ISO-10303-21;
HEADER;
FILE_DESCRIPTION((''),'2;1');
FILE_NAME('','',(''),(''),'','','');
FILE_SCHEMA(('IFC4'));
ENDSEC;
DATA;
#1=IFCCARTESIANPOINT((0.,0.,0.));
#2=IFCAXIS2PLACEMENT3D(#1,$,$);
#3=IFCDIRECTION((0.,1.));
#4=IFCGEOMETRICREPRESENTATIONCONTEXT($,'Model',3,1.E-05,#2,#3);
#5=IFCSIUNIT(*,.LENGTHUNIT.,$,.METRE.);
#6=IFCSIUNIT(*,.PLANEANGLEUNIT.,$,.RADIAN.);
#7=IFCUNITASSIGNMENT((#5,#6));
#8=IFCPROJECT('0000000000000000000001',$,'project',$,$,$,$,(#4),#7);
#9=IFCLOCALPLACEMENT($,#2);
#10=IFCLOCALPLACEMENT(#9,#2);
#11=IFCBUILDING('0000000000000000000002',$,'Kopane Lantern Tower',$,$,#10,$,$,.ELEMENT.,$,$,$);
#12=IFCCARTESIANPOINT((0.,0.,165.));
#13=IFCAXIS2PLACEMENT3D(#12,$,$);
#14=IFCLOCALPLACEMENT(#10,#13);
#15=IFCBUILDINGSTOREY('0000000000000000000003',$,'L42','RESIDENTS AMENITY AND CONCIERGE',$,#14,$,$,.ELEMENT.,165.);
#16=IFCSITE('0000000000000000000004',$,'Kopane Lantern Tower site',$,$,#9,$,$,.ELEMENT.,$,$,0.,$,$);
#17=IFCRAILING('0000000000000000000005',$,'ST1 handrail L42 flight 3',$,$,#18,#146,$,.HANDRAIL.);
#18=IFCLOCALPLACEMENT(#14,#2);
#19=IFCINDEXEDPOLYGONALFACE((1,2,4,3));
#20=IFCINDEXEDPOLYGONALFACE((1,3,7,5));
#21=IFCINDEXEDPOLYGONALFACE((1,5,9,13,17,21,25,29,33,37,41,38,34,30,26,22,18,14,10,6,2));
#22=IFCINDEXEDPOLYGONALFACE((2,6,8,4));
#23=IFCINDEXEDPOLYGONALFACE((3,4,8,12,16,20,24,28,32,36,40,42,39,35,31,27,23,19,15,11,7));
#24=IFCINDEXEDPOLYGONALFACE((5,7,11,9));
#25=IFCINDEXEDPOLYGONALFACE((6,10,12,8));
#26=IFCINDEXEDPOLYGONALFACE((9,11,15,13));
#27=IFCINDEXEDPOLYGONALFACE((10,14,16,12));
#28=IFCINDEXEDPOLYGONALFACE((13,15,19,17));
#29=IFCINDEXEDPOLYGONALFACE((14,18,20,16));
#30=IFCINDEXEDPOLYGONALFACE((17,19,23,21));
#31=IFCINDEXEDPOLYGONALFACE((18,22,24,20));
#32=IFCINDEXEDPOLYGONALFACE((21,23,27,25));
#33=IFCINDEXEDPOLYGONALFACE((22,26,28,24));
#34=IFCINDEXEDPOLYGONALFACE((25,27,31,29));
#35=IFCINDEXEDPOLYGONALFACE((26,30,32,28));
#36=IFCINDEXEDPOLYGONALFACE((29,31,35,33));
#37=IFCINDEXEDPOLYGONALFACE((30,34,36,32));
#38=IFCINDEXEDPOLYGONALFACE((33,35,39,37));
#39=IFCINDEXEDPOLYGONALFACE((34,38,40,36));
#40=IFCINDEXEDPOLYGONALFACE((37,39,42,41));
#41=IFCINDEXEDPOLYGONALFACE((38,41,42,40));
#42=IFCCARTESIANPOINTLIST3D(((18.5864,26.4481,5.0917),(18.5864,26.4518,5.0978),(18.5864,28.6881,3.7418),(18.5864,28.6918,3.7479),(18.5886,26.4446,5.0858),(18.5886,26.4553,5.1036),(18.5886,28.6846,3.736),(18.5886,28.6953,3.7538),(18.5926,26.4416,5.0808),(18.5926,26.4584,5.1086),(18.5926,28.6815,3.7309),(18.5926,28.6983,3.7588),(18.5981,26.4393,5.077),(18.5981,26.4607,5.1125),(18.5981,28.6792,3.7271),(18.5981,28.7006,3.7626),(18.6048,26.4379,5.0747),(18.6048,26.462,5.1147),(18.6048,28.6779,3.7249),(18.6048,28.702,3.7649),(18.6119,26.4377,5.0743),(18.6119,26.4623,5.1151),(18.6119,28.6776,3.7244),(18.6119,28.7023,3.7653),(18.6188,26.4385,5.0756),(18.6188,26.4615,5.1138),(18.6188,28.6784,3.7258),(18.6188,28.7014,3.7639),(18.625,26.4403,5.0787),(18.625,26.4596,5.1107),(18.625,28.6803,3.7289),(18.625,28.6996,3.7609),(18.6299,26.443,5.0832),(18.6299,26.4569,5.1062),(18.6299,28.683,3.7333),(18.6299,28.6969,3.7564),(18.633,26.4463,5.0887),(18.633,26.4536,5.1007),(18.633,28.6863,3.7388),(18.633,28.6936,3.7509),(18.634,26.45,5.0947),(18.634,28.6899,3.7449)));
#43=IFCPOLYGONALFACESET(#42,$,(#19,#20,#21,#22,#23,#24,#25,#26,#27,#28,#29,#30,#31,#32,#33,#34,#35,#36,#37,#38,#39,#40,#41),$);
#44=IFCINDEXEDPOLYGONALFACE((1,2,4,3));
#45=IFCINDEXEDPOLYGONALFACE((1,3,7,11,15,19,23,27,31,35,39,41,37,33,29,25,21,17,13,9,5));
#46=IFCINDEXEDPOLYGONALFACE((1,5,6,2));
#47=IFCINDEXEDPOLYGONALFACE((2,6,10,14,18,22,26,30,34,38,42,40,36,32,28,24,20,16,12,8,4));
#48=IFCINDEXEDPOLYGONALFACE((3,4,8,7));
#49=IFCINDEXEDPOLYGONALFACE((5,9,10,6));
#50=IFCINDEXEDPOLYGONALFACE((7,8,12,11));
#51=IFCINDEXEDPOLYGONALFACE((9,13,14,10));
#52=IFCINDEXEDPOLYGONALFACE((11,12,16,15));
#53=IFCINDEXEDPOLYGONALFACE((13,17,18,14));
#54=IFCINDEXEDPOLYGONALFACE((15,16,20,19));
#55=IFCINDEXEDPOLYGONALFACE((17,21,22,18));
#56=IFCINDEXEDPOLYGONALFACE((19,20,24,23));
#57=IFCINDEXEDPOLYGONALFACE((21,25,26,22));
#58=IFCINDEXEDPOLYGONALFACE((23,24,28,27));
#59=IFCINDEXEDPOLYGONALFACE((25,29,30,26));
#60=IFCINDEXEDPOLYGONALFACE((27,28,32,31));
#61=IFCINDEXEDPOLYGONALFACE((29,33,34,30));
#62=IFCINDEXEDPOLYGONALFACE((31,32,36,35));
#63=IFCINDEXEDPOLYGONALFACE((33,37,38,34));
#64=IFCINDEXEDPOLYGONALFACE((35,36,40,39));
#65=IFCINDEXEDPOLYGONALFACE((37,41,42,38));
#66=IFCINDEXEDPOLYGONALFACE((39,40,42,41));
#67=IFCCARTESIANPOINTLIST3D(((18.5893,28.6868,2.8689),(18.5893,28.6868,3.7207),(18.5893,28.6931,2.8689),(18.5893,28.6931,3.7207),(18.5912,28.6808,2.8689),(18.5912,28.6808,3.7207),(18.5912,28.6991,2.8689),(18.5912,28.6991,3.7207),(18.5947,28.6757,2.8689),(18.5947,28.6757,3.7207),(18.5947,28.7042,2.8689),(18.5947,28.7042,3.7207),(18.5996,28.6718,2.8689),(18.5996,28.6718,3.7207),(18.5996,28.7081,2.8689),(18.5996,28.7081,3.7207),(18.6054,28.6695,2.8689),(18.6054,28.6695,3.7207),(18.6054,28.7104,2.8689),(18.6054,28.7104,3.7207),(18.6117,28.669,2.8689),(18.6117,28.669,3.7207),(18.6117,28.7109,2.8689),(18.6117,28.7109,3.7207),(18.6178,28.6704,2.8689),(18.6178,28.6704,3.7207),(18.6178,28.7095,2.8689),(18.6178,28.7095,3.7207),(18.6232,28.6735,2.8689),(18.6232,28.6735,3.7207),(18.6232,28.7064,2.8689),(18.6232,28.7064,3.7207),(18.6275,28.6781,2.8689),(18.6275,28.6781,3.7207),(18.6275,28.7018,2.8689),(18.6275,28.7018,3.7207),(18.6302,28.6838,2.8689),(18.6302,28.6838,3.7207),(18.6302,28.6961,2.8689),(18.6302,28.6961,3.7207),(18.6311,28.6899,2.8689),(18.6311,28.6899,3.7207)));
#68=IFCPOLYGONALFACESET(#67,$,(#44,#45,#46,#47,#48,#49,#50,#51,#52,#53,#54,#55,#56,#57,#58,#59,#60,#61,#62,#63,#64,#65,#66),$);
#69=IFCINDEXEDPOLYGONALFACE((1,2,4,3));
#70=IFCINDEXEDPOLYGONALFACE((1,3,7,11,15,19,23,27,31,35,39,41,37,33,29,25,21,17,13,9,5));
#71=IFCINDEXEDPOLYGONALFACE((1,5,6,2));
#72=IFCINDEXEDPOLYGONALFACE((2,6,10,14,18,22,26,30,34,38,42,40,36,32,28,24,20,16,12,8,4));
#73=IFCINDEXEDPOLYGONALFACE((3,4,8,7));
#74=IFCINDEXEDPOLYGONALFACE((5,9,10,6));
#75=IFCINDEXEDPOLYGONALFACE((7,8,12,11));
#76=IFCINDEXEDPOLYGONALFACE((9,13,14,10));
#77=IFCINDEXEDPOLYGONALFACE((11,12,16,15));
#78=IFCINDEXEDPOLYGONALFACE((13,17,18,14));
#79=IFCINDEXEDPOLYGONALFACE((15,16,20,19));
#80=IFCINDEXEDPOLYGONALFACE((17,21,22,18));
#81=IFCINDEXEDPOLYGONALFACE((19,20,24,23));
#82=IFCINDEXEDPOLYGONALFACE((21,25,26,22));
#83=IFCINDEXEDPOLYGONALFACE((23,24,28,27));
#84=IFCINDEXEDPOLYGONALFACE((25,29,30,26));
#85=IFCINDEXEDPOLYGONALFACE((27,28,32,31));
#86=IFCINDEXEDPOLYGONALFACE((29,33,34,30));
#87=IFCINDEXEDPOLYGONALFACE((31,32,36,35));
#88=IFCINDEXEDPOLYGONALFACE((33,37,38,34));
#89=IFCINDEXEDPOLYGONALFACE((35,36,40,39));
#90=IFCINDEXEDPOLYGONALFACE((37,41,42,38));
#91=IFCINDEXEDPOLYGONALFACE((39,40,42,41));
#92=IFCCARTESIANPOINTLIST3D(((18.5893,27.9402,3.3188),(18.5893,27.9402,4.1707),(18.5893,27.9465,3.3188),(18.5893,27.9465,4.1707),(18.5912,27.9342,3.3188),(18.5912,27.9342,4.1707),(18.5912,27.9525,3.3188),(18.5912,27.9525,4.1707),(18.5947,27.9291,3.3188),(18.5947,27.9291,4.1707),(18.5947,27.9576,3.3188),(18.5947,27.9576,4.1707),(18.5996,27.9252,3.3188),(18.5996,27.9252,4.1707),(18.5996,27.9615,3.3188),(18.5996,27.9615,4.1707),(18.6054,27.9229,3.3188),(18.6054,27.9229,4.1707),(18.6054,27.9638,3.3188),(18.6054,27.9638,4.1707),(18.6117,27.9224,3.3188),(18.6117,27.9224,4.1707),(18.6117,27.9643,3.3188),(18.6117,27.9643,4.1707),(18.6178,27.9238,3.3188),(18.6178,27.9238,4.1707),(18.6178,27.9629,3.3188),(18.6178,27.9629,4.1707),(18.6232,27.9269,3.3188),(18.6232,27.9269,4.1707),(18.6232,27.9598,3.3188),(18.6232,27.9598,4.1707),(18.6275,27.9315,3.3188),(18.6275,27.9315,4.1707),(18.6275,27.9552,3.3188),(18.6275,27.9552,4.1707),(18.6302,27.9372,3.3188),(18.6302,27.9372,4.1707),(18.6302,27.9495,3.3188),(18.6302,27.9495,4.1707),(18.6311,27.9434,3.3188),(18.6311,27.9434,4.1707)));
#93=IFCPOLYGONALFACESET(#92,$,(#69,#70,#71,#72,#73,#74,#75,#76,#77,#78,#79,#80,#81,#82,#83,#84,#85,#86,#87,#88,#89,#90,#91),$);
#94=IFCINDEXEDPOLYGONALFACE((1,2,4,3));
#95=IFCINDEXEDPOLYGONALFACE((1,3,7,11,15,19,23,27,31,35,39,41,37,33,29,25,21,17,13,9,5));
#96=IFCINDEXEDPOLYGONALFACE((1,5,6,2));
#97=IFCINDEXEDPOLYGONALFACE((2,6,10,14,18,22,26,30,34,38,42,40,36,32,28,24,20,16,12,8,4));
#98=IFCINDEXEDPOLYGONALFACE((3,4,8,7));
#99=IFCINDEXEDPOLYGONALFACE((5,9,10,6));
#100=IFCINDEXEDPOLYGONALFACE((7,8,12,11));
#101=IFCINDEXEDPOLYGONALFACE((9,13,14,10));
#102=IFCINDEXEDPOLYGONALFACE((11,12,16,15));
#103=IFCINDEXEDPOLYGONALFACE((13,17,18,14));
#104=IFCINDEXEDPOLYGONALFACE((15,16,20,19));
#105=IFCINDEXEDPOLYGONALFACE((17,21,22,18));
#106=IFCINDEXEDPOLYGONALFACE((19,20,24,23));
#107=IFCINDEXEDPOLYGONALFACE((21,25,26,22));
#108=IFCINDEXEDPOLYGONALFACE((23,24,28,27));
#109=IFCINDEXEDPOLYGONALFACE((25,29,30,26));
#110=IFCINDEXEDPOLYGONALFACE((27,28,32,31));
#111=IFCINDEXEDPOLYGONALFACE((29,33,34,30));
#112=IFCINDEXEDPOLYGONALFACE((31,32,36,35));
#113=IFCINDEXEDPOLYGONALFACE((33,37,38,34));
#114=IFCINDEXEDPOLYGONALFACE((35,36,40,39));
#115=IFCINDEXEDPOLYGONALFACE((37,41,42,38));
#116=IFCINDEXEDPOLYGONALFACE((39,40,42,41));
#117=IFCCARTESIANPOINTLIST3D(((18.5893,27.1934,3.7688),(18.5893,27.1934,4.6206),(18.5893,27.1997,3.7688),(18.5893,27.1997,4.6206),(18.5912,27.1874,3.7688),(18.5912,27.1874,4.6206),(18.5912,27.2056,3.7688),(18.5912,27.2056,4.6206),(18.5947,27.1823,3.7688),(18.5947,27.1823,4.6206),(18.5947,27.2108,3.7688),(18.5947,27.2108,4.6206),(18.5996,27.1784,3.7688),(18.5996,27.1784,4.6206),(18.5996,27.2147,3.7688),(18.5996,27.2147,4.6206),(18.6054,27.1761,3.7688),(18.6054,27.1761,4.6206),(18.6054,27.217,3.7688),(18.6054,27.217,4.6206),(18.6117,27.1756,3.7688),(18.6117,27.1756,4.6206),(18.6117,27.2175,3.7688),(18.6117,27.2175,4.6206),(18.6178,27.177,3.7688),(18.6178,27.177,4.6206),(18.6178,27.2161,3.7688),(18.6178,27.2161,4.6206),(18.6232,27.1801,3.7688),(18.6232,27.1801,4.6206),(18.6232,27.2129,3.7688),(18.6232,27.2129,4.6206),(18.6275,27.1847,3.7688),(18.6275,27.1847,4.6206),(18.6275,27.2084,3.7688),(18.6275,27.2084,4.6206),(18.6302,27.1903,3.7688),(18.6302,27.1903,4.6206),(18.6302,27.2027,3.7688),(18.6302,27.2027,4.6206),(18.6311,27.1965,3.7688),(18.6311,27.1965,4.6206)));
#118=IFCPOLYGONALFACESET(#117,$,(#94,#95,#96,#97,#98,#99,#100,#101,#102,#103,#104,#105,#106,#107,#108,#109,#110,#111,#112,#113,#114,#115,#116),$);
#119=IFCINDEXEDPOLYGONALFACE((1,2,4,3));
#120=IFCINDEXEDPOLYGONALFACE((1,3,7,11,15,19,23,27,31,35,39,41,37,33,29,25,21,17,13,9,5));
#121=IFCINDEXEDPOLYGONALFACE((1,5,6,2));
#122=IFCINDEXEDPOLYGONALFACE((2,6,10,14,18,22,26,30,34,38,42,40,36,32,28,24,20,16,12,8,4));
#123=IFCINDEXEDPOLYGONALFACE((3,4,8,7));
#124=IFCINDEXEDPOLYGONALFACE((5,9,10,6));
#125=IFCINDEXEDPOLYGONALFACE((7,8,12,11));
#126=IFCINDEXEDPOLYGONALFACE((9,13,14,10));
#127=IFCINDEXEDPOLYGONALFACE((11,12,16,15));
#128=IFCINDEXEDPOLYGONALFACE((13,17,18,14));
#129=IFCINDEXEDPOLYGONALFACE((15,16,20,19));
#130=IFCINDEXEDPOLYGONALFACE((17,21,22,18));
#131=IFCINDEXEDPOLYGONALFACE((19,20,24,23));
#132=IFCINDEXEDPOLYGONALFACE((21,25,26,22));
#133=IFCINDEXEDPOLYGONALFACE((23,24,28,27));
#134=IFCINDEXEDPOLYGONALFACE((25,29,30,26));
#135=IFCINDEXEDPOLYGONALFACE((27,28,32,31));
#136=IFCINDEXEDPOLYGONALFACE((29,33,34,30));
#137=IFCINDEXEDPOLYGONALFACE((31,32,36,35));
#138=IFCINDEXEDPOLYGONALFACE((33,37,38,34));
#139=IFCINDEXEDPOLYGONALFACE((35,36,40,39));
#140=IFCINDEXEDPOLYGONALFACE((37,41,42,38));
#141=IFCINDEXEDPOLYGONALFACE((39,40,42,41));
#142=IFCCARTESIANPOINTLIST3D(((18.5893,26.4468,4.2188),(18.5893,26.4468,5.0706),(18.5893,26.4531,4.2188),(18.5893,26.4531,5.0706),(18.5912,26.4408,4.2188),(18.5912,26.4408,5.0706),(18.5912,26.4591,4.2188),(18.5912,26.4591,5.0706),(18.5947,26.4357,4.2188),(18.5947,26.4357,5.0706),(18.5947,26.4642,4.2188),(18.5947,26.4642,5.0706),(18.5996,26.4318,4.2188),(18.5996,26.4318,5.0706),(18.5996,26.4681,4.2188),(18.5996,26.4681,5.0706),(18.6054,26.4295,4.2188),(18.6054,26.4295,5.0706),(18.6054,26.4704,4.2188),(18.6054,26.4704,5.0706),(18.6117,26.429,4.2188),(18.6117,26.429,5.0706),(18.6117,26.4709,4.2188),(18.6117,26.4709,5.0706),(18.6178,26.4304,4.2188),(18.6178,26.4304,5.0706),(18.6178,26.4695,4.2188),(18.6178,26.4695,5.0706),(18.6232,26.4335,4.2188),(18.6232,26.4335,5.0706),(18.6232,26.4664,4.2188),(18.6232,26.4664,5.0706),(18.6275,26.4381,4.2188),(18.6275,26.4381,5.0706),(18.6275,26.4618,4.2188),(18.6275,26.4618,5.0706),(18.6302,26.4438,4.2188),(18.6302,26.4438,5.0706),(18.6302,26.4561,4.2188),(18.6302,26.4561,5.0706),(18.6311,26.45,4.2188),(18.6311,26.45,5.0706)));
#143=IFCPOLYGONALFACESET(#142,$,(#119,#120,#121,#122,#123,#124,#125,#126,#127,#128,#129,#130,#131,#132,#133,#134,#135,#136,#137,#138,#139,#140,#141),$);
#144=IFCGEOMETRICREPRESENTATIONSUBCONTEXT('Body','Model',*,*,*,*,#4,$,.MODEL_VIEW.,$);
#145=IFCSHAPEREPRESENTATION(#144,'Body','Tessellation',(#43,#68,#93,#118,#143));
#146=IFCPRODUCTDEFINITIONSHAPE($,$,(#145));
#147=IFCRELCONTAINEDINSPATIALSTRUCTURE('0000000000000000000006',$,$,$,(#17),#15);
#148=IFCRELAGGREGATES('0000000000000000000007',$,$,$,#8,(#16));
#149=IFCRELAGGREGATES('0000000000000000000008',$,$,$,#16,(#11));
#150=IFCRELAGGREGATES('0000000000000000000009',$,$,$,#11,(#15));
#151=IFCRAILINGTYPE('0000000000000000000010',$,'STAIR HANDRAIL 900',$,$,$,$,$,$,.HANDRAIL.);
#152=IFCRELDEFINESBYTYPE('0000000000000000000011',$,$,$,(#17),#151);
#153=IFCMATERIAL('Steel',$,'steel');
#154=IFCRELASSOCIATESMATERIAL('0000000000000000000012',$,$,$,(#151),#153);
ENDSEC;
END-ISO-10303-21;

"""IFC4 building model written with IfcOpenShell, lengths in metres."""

from ifc_helpers import new_model, si_unit, direction, frame, origin, origin_2d, place, context, subcontext, project, spatial, circle, extrude, material, type_object, element, save


model = new_model("IFC4")

# Units and contexts
model_context = context("Model", 3, precision=1e-05, world=origin(), true_north=direction((0.0, 1.0)))
body_context = subcontext(model_context, "Body", "Model", "MODEL_VIEW")
ifc_project = project(units=[si_unit("LENGTHUNIT", "METRE"), si_unit("PLANEANGLEUNIT", "RADIAN")], contexts=[model_context])

# Site, building, storey
site_placement = place(None, origin())
site = spatial("IfcSite", under=ifc_project, at=site_placement, Name="Kopane Lantern Tower site", CompositionType="ELEMENT", RefElevation=0.0)
building_placement = place(site_placement, origin())
building = spatial("IfcBuilding", under=site, at=building_placement, Name="Kopane Lantern Tower", CompositionType="ELEMENT")
storey_placement = place(building_placement, frame((0.0, 0.0, 165.0)))
storey = spatial("IfcBuildingStorey", under=building, at=storey_placement, Name="L42", Description="RESIDENTS AMENITY AND CONCIERGE", CompositionType="ELEMENT", Elevation=165.0)

# Railing
ifc_material_1 = material(Name="Steel", Category="steel")
railing_type_1 = type_object("IfcRailingType", Name="STAIR HANDRAIL 900", PredefinedType="HANDRAIL", material=ifc_material_1)
for number, where, name in (
    (1, (18.6101, 28.6899, 2.8689), "ST1 handrail L42 flight 3"),
):
    element("IfcRailing", number, at=place(storey_placement, frame(where)), inside=storey, type_object=railing_type_1, Name=name, PredefinedType="HANDRAIL", context=body_context, shape_type="SweptSolid", body=[
        extrude(circle(Radius=0.0239, at=origin_2d()), frame((0.0, 0.0, 0.876), z_axis=(0.0, -0.856503, 0.516142), x_axis=(1.0, 0.0, 0.0)), (0.0, 0.0, 1.0), 2.6152),
        extrude(circle(Radius=0.021, at=origin_2d()), origin(), (0.0, 0.0, 1.0), 0.8518),
        extrude(circle(Radius=0.021, at=origin_2d()), frame((0.0, -0.7466, 0.45)), (0.0, 0.0, 1.0), 0.8518),
        extrude(circle(Radius=0.021, at=origin_2d()), frame((0.0, -1.4934, 0.8999)), (0.0, 0.0, 1.0), 0.8518),
        extrude(circle(Radius=0.021, at=origin_2d()), frame((0.0, -2.24, 1.3499)), (0.0, 0.0, 1.0), 0.8518),
    ])

save(model, "model.ifc")
